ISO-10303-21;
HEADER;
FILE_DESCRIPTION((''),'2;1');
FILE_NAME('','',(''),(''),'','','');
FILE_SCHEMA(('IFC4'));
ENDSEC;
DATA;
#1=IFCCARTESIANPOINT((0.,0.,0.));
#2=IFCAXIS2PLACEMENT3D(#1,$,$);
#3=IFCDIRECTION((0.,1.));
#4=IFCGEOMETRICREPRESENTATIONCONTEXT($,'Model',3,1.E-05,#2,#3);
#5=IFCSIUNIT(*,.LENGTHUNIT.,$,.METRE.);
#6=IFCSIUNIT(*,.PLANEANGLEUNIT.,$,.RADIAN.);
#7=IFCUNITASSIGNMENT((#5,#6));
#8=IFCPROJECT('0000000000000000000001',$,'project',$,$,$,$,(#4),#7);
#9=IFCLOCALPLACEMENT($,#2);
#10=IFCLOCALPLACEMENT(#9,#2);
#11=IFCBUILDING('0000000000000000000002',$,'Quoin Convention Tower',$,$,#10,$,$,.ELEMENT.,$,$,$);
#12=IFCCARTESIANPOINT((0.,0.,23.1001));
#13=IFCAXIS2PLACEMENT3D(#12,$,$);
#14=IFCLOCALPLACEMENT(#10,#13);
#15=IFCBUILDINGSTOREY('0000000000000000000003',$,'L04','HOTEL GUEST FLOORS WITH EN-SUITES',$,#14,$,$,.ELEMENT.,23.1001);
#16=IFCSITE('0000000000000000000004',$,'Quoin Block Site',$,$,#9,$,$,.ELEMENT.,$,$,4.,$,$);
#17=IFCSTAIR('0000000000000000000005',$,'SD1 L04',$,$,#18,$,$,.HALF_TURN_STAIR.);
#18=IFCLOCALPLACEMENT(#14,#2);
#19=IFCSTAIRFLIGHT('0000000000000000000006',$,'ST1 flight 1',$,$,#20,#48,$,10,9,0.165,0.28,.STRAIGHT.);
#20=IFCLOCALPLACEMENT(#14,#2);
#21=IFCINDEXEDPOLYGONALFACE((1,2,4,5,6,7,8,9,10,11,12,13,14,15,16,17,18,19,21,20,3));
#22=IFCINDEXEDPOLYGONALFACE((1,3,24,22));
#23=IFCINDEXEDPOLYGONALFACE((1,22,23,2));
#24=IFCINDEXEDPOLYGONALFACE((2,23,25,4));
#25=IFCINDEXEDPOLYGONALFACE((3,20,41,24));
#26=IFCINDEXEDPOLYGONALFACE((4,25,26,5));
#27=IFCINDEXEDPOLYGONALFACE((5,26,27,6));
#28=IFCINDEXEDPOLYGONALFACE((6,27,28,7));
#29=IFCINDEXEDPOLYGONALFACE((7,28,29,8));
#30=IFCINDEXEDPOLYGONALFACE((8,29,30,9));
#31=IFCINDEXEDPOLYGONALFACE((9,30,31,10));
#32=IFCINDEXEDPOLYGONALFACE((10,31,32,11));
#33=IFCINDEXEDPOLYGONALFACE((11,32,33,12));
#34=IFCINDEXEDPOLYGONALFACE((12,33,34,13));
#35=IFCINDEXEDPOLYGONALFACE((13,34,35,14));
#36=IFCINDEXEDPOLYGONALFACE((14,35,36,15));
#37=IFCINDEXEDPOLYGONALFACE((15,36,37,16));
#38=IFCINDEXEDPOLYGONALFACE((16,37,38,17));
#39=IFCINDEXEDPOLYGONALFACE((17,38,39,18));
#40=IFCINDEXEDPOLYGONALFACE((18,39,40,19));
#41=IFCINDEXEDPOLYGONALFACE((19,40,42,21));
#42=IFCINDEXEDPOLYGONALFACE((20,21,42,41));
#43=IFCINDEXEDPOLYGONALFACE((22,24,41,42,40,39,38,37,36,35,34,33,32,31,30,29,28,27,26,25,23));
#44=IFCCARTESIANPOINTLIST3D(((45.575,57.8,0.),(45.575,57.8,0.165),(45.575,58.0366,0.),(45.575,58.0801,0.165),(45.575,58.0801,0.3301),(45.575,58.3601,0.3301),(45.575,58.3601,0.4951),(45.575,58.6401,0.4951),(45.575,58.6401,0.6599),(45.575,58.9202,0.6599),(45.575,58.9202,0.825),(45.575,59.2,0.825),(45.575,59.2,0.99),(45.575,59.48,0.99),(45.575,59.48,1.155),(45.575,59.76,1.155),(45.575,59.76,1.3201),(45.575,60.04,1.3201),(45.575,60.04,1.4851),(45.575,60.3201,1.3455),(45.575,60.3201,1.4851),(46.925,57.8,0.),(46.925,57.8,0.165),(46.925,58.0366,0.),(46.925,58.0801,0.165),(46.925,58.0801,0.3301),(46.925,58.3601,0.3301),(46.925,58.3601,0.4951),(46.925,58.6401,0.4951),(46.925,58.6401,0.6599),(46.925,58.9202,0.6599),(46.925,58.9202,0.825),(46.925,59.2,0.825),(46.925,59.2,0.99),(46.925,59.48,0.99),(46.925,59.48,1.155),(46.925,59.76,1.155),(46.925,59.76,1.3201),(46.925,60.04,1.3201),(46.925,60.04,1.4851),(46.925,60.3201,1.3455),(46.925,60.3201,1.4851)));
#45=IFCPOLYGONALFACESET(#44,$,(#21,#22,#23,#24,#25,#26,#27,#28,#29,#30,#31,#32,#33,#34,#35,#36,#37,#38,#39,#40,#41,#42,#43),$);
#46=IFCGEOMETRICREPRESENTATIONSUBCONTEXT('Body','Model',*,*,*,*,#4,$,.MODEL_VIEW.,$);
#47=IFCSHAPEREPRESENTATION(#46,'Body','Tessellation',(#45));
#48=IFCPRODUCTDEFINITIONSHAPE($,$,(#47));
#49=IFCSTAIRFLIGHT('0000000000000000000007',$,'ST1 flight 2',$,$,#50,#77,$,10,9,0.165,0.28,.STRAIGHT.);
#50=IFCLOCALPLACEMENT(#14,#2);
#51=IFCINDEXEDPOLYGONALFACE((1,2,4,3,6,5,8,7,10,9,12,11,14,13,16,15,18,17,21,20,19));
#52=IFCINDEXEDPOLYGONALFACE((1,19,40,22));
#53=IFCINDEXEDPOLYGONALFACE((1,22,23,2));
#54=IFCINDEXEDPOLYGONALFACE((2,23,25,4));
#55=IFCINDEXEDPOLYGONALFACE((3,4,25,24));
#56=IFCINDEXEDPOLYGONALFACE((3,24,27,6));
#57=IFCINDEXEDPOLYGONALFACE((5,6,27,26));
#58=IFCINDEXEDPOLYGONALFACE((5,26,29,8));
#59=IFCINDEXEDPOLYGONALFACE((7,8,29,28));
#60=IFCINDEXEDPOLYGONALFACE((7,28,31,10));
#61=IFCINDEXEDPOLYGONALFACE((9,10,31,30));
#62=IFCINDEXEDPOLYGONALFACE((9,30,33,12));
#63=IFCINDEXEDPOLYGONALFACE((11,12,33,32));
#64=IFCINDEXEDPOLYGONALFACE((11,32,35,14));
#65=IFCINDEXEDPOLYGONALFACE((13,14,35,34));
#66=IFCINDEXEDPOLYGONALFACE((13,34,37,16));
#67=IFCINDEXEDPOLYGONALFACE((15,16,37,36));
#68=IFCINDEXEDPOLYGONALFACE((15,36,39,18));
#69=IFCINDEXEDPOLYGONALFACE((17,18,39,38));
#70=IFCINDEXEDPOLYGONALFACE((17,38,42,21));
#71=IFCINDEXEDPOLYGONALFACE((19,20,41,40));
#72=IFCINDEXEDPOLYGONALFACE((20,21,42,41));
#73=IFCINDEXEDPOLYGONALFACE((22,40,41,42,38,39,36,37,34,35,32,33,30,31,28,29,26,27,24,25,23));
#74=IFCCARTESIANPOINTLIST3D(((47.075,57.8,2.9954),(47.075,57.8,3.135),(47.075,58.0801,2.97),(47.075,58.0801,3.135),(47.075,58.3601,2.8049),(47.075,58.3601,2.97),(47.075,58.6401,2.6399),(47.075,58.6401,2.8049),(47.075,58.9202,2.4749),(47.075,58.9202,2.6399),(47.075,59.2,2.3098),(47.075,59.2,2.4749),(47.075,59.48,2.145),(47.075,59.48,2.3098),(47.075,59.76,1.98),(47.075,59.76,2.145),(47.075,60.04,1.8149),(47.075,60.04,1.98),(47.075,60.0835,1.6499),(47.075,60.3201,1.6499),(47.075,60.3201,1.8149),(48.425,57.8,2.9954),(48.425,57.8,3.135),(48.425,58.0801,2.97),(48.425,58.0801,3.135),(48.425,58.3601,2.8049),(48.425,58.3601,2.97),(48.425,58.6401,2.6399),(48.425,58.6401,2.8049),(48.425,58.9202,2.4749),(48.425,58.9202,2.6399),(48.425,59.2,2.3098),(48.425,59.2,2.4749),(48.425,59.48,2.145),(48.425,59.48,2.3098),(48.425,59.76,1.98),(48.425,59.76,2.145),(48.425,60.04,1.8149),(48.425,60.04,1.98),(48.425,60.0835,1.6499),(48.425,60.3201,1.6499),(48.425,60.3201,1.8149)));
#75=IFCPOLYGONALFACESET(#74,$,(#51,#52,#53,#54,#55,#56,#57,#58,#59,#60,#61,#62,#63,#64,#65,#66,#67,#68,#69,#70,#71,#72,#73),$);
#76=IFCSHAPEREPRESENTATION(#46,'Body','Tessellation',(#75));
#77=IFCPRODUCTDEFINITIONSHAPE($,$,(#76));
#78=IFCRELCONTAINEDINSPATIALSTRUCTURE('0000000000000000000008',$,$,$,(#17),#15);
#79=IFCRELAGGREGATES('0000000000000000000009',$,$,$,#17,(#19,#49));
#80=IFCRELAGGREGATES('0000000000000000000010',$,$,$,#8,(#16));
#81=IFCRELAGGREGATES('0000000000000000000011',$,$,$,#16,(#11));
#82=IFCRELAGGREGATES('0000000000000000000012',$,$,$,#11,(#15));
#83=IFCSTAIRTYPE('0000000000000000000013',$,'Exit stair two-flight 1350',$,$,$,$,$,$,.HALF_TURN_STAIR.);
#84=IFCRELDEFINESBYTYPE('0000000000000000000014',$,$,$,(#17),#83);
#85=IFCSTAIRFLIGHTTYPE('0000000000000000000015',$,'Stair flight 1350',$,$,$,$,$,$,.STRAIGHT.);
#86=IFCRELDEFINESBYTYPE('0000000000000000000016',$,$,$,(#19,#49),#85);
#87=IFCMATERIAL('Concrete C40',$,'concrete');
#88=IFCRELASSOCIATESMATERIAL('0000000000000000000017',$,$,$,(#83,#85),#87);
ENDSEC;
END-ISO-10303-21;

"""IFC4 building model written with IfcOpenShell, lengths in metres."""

from ifc_helpers import new_model, si_unit, direction, frame, origin, place, context, subcontext, project, spatial, polyline, outline, extrude, material, type_object, element, aggregate, save


model = new_model("IFC4")

# Units and contexts
model_context = context("Model", 3, precision=1e-05, world=origin(), true_north=direction((0.0, 1.0)))
body_context = subcontext(model_context, "Body", "Model", "MODEL_VIEW")
ifc_project = project(units=[si_unit("LENGTHUNIT", "METRE"), si_unit("PLANEANGLEUNIT", "RADIAN")], contexts=[model_context])

# Site, building, storey
site_placement = place(None, origin())
site = spatial("IfcSite", under=ifc_project, at=site_placement, Name="Quoin Block Site", CompositionType="ELEMENT", RefElevation=4.0)
building_placement = place(site_placement, origin())
building = spatial("IfcBuilding", under=site, at=building_placement, Name="Quoin Convention Tower", CompositionType="ELEMENT")
storey_placement = place(building_placement, frame((0.0, 0.0, 23.1001)))
storey = spatial("IfcBuildingStorey", under=building, at=storey_placement, Name="L04", Description="HOTEL GUEST FLOORS WITH EN-SUITES", CompositionType="ELEMENT", Elevation=23.1001)

# Stair, stair flights
ifc_material_1 = material(Name="Concrete C40", Category="concrete")
stair_type = type_object("IfcStairType", Name="Exit stair two-flight 1350", PredefinedType="HALF_TURN_STAIR", material=ifc_material_1)
stair_placement = place(storey_placement, origin())
stair = element("IfcStair", 1, at=stair_placement, inside=storey, type_object=stair_type, Name="SD1 L04", PredefinedType="HALF_TURN_STAIR")
stair_flight_type = type_object("IfcStairFlightType", Name="Stair flight 1350", PredefinedType="STRAIGHT", material=ifc_material_1)
stair_flight_1_placement = place(storey_placement, frame((46.25, 57.8, 0.0), z_axis=(0.0, 0.0, 1.0), x_axis=(0.0, 1.0, 0.0)))
stair_flight_1 = element("IfcStairFlight", 2, at=stair_flight_1_placement, type_object=stair_flight_type, Name="ST1 flight 1", NumberOfRisers=10, NumberOfTreads=9, PredefinedType="STRAIGHT", RiserHeight=0.165, TreadLength=0.28, context=body_context, shape_type="SweptSolid", body=[
    extrude(outline(polyline([(0.0, 0.0), (0.0, 0.165), (0.28, 0.165), (0.28, 0.3301), (0.5601, 0.3301), (0.5601, 0.4951), (0.8401, 0.4951), (0.8401, 0.6599), (1.1201, 0.6599), (1.1201, 0.825), (1.3999, 0.825), (1.3999, 0.99), (1.6799, 0.99), (1.6799, 1.155), (1.96, 1.155), (1.96, 1.3201), (2.24, 1.3201), (2.24, 1.4851), (2.52, 1.4851), (2.52, 1.6499), (2.52, 1.3455), (0.2366, 0.0), (0.0, 0.0)])), frame((0.0, 0.675, 0.0), z_axis=(0.0, -1.0, 0.0), x_axis=(1.0, 0.0, 0.0)), (0.0, 0.0, 1.0), 1.3501),
])
stair_flight_2_placement = place(storey_placement, frame((47.75, 60.3201, 1.6499), z_axis=(0.0, 0.0, 1.0), x_axis=(0.0, -1.0, 0.0)))
stair_flight_2 = element("IfcStairFlight", 3, at=stair_flight_2_placement, type_object=stair_flight_type, Name="ST1 flight 2", NumberOfRisers=10, NumberOfTreads=9, PredefinedType="STRAIGHT", RiserHeight=0.165, TreadLength=0.28, context=body_context, shape_type="SweptSolid", body=[
    extrude(outline(polyline([(0.0, 0.0), (0.0, 0.165), (0.28, 0.165), (0.28, 0.3301), (0.5601, 0.3301), (0.5601, 0.4951), (0.8401, 0.4951), (0.8401, 0.6599), (1.1201, 0.6599), (1.1201, 0.825), (1.3999, 0.825), (1.3999, 0.99), (1.6799, 0.99), (1.6799, 1.155), (1.96, 1.155), (1.96, 1.3201), (2.24, 1.3201), (2.24, 1.4851), (2.52, 1.4851), (2.52, 1.6499), (2.52, 1.3455), (0.2366, 0.0), (0.0, 0.0)])), frame((0.0, 0.675, 0.0), z_axis=(0.0, -1.0, 0.0), x_axis=(1.0, 0.0, 0.0)), (0.0, 0.0, 1.0), 1.3501),
])
aggregate(stair, [stair_flight_1, stair_flight_2])

save(model, "model.ifc")
